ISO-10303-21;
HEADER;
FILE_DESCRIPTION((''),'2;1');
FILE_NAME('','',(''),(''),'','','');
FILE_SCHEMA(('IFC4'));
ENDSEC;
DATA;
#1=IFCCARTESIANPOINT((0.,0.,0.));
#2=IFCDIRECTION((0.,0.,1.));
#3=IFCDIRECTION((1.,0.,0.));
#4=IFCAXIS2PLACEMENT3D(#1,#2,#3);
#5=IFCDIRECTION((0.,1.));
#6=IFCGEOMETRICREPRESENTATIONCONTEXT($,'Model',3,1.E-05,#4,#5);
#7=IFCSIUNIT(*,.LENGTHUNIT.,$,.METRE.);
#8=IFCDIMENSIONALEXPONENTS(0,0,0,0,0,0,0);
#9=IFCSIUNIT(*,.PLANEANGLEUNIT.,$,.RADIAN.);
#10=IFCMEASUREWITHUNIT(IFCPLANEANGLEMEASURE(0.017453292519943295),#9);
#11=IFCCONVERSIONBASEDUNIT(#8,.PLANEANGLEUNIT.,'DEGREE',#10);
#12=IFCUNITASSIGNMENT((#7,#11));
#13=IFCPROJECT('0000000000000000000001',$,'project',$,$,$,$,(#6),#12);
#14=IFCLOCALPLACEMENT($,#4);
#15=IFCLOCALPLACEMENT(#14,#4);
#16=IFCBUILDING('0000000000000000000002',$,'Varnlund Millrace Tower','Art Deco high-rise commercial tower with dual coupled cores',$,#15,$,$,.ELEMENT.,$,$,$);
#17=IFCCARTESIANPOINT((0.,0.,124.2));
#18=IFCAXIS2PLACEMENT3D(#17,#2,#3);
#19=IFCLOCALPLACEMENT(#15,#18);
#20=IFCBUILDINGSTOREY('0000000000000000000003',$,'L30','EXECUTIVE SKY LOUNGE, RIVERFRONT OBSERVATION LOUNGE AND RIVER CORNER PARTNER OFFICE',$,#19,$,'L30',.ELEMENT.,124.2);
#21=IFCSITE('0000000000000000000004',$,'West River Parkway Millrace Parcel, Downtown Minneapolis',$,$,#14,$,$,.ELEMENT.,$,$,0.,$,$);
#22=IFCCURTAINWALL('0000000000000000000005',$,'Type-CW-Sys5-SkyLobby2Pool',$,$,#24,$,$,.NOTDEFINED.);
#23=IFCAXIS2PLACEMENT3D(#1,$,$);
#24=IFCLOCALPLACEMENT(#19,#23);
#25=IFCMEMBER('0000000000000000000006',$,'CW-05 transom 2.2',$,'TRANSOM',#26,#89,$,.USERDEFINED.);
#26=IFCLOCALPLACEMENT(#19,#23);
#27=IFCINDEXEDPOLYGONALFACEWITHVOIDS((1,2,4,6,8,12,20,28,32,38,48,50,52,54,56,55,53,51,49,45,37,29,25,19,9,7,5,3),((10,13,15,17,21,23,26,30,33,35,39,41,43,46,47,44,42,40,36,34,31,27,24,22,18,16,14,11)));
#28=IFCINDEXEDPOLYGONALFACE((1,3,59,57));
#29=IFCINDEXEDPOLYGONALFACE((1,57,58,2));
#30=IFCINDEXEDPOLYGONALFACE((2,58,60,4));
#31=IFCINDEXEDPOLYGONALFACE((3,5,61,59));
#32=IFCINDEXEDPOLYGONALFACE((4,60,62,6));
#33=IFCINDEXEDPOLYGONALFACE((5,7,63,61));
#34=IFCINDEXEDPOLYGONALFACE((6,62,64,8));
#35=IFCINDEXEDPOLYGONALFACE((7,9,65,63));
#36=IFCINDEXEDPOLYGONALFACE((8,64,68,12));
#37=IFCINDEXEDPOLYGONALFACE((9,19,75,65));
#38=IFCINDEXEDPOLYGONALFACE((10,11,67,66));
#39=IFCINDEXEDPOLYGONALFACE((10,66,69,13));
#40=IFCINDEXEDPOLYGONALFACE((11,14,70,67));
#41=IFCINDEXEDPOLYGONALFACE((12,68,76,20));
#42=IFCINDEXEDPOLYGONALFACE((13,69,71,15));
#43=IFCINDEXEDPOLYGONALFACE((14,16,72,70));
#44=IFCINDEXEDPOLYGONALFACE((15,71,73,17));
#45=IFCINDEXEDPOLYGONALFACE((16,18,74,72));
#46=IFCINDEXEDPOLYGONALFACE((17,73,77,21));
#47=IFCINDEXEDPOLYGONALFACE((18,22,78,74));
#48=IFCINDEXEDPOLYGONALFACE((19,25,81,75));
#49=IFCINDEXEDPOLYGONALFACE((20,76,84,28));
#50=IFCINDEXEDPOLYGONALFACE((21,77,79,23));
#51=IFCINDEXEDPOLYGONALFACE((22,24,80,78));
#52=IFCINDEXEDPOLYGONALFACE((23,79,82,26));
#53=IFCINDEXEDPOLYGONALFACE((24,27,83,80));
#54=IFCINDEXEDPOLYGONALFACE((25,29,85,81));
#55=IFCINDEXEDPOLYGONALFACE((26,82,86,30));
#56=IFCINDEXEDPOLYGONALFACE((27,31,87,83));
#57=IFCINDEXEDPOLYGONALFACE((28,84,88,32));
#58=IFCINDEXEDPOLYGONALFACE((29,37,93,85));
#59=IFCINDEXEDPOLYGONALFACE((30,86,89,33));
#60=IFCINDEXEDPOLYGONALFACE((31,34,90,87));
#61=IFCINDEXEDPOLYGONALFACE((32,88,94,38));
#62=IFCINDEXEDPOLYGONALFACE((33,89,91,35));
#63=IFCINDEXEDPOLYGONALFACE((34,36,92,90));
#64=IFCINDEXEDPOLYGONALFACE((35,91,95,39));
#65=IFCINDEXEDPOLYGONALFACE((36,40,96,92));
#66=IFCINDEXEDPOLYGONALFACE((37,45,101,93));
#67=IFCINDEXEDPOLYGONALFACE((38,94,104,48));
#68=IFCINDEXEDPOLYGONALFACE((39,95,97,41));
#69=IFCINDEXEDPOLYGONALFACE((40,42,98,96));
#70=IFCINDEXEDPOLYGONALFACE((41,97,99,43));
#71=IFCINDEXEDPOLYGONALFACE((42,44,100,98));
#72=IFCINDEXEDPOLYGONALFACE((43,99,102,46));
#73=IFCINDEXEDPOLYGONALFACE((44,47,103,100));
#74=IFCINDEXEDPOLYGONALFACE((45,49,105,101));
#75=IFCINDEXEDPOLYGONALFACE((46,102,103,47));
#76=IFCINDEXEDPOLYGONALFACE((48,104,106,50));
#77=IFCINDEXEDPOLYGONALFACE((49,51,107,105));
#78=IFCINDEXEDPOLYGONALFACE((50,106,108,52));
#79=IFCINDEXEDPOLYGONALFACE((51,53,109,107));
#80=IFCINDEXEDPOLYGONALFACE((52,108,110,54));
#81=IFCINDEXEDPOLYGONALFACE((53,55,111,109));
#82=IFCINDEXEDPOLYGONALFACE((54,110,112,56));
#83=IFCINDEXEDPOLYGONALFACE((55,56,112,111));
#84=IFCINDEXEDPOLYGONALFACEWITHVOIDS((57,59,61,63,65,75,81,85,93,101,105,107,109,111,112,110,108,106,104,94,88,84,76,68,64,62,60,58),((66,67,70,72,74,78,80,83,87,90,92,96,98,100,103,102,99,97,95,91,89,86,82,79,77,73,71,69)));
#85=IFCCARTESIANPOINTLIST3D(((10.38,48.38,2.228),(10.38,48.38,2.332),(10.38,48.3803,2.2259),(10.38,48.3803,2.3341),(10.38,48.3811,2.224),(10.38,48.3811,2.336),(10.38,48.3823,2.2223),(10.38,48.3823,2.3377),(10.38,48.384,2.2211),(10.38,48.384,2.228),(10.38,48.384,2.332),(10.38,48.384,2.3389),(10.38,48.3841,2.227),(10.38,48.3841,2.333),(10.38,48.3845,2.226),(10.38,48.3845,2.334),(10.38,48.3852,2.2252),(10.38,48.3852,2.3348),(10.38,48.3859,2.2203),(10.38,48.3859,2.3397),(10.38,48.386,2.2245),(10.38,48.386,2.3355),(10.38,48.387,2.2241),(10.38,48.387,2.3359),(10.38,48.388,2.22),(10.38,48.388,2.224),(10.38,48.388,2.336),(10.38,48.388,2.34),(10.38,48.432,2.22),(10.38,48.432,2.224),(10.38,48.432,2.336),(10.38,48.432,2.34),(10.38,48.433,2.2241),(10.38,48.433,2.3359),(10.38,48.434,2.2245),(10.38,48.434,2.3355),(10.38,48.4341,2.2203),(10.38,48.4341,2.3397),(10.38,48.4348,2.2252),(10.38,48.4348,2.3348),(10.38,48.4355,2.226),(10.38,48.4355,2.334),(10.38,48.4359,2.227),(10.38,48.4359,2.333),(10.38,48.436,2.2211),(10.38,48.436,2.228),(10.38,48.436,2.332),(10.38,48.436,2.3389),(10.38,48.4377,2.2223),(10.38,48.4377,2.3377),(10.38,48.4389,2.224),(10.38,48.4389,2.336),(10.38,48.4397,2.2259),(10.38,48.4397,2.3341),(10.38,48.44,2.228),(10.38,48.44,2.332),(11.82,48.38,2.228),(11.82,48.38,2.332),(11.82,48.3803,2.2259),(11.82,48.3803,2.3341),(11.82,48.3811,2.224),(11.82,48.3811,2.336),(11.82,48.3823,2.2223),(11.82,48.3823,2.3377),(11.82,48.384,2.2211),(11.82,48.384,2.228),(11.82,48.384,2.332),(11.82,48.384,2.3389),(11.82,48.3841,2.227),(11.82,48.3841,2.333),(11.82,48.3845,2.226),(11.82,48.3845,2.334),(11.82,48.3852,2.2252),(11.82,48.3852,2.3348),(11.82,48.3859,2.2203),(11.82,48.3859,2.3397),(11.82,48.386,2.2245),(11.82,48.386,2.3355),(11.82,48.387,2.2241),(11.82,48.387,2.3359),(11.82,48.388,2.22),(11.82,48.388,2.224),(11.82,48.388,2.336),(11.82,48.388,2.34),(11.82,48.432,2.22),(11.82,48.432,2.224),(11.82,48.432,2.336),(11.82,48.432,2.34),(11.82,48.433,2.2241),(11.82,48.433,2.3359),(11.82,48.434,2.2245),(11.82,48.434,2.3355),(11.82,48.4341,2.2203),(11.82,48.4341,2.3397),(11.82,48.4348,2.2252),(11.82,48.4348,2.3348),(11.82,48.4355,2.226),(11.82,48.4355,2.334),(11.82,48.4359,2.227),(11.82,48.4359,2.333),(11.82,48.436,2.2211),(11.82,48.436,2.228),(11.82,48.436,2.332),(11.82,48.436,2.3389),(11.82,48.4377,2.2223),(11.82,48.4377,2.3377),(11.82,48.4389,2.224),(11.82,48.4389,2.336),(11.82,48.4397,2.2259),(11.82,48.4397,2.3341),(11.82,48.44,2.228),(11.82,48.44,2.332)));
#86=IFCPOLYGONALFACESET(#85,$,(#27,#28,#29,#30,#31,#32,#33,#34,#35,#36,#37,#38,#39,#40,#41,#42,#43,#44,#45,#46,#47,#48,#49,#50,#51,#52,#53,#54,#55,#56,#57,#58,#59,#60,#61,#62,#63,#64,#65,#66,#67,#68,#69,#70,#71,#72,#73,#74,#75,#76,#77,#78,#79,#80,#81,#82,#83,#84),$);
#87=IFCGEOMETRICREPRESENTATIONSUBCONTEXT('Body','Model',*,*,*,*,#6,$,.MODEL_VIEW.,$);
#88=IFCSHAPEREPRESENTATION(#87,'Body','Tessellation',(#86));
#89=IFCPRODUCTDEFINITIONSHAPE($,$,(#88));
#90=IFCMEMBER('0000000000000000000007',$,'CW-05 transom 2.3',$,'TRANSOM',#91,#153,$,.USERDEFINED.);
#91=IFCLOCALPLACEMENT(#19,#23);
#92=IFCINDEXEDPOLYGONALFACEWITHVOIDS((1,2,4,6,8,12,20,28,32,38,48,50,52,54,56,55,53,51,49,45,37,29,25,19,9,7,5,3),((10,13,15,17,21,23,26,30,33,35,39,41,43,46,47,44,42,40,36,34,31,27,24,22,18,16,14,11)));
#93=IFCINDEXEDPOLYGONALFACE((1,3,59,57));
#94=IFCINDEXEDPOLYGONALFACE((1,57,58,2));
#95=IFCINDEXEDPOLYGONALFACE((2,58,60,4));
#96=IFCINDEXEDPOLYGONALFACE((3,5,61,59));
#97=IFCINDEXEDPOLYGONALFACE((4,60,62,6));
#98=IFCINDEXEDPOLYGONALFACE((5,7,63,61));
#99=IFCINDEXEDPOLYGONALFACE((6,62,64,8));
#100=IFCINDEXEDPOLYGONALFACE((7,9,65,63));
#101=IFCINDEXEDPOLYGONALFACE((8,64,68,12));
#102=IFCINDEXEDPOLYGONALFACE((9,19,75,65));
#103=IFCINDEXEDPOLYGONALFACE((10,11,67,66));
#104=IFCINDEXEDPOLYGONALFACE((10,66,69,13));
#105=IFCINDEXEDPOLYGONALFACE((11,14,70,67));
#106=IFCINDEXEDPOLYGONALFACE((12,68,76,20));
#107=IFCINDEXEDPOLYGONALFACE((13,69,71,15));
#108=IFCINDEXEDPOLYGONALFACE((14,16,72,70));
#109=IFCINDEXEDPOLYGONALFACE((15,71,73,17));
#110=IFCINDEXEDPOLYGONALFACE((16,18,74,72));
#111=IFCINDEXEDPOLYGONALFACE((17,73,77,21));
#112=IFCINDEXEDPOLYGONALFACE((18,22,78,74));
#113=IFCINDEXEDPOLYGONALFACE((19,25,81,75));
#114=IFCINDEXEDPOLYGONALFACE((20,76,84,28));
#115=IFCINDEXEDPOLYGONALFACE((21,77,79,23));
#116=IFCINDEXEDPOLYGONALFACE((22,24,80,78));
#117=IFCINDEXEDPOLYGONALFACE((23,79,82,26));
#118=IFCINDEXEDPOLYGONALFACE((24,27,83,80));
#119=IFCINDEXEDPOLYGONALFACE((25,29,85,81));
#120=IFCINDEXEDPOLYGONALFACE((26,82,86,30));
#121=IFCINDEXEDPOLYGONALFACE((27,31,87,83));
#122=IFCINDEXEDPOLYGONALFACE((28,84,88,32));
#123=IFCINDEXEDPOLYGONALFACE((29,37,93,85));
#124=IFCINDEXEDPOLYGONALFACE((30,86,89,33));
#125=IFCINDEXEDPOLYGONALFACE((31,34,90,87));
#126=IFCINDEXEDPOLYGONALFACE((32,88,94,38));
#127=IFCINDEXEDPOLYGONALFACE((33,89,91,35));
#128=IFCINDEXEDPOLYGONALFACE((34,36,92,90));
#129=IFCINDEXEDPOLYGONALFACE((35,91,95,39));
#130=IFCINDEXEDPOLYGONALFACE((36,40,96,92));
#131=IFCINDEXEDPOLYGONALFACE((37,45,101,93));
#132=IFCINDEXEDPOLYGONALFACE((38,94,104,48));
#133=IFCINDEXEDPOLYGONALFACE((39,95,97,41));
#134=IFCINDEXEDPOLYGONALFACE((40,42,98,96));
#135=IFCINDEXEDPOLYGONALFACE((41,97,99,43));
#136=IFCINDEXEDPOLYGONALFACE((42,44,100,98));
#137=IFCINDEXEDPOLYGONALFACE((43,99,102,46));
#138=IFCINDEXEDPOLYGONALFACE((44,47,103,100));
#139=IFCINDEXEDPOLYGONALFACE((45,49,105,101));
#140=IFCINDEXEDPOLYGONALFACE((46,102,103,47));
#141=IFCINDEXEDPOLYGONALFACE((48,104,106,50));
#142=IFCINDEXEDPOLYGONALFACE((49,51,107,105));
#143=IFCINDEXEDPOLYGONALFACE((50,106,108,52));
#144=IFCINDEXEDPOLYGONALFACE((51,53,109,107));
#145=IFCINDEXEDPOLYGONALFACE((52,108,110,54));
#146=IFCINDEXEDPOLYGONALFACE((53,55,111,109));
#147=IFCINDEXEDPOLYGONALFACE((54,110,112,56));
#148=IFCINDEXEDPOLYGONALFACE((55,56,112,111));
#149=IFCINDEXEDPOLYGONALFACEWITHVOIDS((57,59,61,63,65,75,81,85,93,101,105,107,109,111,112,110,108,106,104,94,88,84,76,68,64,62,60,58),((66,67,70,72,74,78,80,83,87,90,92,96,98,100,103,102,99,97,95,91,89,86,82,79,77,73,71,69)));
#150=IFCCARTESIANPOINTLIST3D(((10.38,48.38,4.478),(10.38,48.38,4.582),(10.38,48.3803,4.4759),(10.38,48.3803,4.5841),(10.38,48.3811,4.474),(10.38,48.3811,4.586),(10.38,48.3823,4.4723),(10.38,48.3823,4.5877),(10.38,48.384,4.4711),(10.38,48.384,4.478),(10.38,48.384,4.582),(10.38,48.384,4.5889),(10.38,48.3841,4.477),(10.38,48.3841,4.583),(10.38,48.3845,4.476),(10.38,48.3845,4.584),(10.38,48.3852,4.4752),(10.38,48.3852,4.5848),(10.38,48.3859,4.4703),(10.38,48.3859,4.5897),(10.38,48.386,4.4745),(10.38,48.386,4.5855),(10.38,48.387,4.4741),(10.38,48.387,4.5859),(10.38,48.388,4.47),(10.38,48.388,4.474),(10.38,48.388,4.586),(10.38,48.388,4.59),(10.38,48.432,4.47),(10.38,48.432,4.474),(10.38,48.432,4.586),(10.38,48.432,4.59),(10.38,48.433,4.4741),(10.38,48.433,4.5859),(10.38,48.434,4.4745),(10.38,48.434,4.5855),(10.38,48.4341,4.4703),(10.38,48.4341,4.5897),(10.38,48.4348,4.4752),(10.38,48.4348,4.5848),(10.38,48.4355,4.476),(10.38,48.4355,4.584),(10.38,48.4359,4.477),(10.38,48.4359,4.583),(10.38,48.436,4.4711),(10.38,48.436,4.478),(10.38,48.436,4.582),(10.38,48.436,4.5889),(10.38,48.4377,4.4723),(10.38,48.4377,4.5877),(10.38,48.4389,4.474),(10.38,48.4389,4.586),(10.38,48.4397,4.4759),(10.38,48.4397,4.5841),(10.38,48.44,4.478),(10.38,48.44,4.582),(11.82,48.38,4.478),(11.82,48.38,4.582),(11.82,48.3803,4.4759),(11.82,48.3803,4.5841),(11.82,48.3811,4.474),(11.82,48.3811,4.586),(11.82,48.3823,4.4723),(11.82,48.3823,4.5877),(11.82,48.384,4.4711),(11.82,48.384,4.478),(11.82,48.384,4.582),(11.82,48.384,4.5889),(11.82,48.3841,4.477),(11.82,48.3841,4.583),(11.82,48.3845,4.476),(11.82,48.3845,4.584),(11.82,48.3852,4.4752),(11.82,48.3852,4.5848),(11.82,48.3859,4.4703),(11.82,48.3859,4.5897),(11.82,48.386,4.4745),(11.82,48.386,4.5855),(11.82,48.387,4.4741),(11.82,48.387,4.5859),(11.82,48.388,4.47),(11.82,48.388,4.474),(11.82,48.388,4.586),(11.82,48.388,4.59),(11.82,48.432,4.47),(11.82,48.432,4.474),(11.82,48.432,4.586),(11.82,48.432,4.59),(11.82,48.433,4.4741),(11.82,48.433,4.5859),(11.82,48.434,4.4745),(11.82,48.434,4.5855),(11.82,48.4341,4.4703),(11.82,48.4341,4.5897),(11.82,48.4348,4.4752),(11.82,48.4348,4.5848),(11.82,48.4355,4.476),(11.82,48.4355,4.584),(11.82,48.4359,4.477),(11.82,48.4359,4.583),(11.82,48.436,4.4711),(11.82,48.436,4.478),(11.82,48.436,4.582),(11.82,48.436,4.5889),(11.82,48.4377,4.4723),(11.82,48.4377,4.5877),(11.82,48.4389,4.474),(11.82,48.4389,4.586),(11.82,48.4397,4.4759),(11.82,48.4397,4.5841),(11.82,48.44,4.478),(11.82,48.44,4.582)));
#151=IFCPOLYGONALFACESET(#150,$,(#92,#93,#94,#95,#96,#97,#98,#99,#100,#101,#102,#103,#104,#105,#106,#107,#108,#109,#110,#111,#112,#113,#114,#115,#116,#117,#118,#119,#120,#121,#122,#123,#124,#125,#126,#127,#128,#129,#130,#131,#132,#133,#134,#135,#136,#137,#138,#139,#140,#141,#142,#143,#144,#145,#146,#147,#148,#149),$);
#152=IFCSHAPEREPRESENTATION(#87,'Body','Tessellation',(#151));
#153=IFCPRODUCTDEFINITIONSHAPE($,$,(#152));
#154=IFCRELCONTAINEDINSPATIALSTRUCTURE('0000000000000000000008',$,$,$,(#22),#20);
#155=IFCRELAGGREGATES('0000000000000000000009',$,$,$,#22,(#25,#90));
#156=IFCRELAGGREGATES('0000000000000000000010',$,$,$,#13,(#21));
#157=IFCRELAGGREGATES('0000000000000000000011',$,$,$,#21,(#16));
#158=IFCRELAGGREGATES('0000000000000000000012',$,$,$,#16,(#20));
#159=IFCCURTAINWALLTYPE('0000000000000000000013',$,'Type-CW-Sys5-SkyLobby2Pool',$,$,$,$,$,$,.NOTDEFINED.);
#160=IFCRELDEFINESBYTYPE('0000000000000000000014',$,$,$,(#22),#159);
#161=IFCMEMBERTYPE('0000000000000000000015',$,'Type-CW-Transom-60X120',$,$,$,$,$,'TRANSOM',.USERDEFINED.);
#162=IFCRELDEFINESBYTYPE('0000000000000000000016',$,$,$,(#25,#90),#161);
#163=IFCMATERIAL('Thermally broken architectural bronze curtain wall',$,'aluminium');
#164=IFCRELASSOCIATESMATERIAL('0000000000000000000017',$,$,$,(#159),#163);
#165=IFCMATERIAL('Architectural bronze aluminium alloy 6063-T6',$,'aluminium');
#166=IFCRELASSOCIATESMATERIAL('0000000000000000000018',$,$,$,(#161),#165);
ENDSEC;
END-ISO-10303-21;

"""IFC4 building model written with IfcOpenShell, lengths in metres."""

from ifc_helpers import new_model, entity, si_unit, converted_unit, direction, frame, origin_with_axes, origin_2d_with_axis, place, context, subcontext, project, spatial, hollow_rectangle, extrude, material, material_profile, profile_set, type_object, element, aggregate, save


model = new_model("IFC4")

# Units and contexts
model_context = context("Model", 3, precision=1e-05, world=origin_with_axes(), true_north=direction((0.0, 1.0)))
body_context = subcontext(model_context, "Body", "Model", "MODEL_VIEW")
ifc_project = project(units=[si_unit("LENGTHUNIT", "METRE"), converted_unit("PLANEANGLEUNIT", "DEGREE", entity("IfcPlaneAngleMeasure", 0.017453292519943295), si_unit("PLANEANGLEUNIT", "RADIAN"), dimensions=[0, 0, 0, 0, 0, 0, 0])], contexts=[model_context])

# Site, building, storey
site_placement = place(None, origin_with_axes())
site = spatial("IfcSite", under=ifc_project, at=site_placement, Name="West River Parkway Millrace Parcel, Downtown Minneapolis", CompositionType="ELEMENT", RefElevation=0.0)
building_placement = place(site_placement, origin_with_axes())
building = spatial("IfcBuilding", under=site, at=building_placement, Name="Varnlund Millrace Tower", Description="Art Deco high-rise commercial tower with dual coupled cores", CompositionType="ELEMENT")
storey_placement = place(building_placement, frame((0.0, 0.0, 124.2), z_axis=(0.0, 0.0, 1.0), x_axis=(1.0, 0.0, 0.0)))
storey = spatial("IfcBuildingStorey", under=building, at=storey_placement, Name="L30", Description="EXECUTIVE SKY LOUNGE, RIVERFRONT OBSERVATION LOUNGE AND RIVER CORNER PARTNER OFFICE", LongName="L30", CompositionType="ELEMENT", Elevation=124.2)

# Curtain wall, members
ifc_material_1 = material(Name="Thermally broken architectural bronze curtain wall", Category="aluminium")
curtain_wall_type = type_object("IfcCurtainWallType", Name="Type-CW-Sys5-SkyLobby2Pool", PredefinedType="NOTDEFINED", material=ifc_material_1)
curtain_wall_placement = place(storey_placement, frame((8.85, 48.41, 0.0), z_axis=(0.0, 0.0, 1.0), x_axis=(1.0, 0.0, 0.0)))
curtain_wall = element("IfcCurtainWall", 1, at=curtain_wall_placement, inside=storey, type_object=curtain_wall_type, Name="Type-CW-Sys5-SkyLobby2Pool", PredefinedType="NOTDEFINED")
ifc_material_2 = material(Name="Architectural bronze aluminium alloy 6063-T6", Category="aluminium")
ifc_material_profile_1 = material_profile(ifc_material_2, hollow_rectangle(XDim=0.06, YDim=0.12, WallThickness=0.004, InnerFilletRadius=0.004, OuterFilletRadius=0.008, at=origin_2d_with_axis()), Name="Architectural bronze aluminium alloy 6063-T6")
ifc_profile_set_1 = profile_set([ifc_material_profile_1], Name="Architectural bronze aluminium alloy 6063-T6")
member_type = type_object("IfcMemberType", Name="Type-CW-Transom-60X120", ElementType="TRANSOM", PredefinedType="USERDEFINED", material=ifc_profile_set_1)
member_1_placement = place(storey_placement, frame((10.38, 48.41, 2.28), z_axis=(1.0, 0.0, 0.0), x_axis=(0.0, 1.0, 0.0)))
member_1 = element("IfcMember", 2, at=member_1_placement, type_object=member_type, Name="CW-05 transom 2.2", ObjectType="TRANSOM", PredefinedType="USERDEFINED", context=body_context, shape_type="SweptSolid", body=[
    extrude(hollow_rectangle(XDim=0.06, YDim=0.12, WallThickness=0.004, InnerFilletRadius=0.004, OuterFilletRadius=0.008, at=origin_2d_with_axis()), origin_with_axes(), (0.0, 0.0, 1.0), 1.44),
])
member_2_placement = place(storey_placement, frame((10.38, 48.41, 4.53), z_axis=(1.0, 0.0, 0.0), x_axis=(0.0, 1.0, 0.0)))
member_2 = element("IfcMember", 3, at=member_2_placement, type_object=member_type, Name="CW-05 transom 2.3", ObjectType="TRANSOM", PredefinedType="USERDEFINED", context=body_context, shape_type="SweptSolid", body=[
    extrude(hollow_rectangle(XDim=0.06, YDim=0.12, WallThickness=0.004, InnerFilletRadius=0.004, OuterFilletRadius=0.008, at=origin_2d_with_axis()), origin_with_axes(), (0.0, 0.0, 1.0), 1.44),
])

aggregate(curtain_wall, [member_1, member_2])

save(model, "model.ifc")
